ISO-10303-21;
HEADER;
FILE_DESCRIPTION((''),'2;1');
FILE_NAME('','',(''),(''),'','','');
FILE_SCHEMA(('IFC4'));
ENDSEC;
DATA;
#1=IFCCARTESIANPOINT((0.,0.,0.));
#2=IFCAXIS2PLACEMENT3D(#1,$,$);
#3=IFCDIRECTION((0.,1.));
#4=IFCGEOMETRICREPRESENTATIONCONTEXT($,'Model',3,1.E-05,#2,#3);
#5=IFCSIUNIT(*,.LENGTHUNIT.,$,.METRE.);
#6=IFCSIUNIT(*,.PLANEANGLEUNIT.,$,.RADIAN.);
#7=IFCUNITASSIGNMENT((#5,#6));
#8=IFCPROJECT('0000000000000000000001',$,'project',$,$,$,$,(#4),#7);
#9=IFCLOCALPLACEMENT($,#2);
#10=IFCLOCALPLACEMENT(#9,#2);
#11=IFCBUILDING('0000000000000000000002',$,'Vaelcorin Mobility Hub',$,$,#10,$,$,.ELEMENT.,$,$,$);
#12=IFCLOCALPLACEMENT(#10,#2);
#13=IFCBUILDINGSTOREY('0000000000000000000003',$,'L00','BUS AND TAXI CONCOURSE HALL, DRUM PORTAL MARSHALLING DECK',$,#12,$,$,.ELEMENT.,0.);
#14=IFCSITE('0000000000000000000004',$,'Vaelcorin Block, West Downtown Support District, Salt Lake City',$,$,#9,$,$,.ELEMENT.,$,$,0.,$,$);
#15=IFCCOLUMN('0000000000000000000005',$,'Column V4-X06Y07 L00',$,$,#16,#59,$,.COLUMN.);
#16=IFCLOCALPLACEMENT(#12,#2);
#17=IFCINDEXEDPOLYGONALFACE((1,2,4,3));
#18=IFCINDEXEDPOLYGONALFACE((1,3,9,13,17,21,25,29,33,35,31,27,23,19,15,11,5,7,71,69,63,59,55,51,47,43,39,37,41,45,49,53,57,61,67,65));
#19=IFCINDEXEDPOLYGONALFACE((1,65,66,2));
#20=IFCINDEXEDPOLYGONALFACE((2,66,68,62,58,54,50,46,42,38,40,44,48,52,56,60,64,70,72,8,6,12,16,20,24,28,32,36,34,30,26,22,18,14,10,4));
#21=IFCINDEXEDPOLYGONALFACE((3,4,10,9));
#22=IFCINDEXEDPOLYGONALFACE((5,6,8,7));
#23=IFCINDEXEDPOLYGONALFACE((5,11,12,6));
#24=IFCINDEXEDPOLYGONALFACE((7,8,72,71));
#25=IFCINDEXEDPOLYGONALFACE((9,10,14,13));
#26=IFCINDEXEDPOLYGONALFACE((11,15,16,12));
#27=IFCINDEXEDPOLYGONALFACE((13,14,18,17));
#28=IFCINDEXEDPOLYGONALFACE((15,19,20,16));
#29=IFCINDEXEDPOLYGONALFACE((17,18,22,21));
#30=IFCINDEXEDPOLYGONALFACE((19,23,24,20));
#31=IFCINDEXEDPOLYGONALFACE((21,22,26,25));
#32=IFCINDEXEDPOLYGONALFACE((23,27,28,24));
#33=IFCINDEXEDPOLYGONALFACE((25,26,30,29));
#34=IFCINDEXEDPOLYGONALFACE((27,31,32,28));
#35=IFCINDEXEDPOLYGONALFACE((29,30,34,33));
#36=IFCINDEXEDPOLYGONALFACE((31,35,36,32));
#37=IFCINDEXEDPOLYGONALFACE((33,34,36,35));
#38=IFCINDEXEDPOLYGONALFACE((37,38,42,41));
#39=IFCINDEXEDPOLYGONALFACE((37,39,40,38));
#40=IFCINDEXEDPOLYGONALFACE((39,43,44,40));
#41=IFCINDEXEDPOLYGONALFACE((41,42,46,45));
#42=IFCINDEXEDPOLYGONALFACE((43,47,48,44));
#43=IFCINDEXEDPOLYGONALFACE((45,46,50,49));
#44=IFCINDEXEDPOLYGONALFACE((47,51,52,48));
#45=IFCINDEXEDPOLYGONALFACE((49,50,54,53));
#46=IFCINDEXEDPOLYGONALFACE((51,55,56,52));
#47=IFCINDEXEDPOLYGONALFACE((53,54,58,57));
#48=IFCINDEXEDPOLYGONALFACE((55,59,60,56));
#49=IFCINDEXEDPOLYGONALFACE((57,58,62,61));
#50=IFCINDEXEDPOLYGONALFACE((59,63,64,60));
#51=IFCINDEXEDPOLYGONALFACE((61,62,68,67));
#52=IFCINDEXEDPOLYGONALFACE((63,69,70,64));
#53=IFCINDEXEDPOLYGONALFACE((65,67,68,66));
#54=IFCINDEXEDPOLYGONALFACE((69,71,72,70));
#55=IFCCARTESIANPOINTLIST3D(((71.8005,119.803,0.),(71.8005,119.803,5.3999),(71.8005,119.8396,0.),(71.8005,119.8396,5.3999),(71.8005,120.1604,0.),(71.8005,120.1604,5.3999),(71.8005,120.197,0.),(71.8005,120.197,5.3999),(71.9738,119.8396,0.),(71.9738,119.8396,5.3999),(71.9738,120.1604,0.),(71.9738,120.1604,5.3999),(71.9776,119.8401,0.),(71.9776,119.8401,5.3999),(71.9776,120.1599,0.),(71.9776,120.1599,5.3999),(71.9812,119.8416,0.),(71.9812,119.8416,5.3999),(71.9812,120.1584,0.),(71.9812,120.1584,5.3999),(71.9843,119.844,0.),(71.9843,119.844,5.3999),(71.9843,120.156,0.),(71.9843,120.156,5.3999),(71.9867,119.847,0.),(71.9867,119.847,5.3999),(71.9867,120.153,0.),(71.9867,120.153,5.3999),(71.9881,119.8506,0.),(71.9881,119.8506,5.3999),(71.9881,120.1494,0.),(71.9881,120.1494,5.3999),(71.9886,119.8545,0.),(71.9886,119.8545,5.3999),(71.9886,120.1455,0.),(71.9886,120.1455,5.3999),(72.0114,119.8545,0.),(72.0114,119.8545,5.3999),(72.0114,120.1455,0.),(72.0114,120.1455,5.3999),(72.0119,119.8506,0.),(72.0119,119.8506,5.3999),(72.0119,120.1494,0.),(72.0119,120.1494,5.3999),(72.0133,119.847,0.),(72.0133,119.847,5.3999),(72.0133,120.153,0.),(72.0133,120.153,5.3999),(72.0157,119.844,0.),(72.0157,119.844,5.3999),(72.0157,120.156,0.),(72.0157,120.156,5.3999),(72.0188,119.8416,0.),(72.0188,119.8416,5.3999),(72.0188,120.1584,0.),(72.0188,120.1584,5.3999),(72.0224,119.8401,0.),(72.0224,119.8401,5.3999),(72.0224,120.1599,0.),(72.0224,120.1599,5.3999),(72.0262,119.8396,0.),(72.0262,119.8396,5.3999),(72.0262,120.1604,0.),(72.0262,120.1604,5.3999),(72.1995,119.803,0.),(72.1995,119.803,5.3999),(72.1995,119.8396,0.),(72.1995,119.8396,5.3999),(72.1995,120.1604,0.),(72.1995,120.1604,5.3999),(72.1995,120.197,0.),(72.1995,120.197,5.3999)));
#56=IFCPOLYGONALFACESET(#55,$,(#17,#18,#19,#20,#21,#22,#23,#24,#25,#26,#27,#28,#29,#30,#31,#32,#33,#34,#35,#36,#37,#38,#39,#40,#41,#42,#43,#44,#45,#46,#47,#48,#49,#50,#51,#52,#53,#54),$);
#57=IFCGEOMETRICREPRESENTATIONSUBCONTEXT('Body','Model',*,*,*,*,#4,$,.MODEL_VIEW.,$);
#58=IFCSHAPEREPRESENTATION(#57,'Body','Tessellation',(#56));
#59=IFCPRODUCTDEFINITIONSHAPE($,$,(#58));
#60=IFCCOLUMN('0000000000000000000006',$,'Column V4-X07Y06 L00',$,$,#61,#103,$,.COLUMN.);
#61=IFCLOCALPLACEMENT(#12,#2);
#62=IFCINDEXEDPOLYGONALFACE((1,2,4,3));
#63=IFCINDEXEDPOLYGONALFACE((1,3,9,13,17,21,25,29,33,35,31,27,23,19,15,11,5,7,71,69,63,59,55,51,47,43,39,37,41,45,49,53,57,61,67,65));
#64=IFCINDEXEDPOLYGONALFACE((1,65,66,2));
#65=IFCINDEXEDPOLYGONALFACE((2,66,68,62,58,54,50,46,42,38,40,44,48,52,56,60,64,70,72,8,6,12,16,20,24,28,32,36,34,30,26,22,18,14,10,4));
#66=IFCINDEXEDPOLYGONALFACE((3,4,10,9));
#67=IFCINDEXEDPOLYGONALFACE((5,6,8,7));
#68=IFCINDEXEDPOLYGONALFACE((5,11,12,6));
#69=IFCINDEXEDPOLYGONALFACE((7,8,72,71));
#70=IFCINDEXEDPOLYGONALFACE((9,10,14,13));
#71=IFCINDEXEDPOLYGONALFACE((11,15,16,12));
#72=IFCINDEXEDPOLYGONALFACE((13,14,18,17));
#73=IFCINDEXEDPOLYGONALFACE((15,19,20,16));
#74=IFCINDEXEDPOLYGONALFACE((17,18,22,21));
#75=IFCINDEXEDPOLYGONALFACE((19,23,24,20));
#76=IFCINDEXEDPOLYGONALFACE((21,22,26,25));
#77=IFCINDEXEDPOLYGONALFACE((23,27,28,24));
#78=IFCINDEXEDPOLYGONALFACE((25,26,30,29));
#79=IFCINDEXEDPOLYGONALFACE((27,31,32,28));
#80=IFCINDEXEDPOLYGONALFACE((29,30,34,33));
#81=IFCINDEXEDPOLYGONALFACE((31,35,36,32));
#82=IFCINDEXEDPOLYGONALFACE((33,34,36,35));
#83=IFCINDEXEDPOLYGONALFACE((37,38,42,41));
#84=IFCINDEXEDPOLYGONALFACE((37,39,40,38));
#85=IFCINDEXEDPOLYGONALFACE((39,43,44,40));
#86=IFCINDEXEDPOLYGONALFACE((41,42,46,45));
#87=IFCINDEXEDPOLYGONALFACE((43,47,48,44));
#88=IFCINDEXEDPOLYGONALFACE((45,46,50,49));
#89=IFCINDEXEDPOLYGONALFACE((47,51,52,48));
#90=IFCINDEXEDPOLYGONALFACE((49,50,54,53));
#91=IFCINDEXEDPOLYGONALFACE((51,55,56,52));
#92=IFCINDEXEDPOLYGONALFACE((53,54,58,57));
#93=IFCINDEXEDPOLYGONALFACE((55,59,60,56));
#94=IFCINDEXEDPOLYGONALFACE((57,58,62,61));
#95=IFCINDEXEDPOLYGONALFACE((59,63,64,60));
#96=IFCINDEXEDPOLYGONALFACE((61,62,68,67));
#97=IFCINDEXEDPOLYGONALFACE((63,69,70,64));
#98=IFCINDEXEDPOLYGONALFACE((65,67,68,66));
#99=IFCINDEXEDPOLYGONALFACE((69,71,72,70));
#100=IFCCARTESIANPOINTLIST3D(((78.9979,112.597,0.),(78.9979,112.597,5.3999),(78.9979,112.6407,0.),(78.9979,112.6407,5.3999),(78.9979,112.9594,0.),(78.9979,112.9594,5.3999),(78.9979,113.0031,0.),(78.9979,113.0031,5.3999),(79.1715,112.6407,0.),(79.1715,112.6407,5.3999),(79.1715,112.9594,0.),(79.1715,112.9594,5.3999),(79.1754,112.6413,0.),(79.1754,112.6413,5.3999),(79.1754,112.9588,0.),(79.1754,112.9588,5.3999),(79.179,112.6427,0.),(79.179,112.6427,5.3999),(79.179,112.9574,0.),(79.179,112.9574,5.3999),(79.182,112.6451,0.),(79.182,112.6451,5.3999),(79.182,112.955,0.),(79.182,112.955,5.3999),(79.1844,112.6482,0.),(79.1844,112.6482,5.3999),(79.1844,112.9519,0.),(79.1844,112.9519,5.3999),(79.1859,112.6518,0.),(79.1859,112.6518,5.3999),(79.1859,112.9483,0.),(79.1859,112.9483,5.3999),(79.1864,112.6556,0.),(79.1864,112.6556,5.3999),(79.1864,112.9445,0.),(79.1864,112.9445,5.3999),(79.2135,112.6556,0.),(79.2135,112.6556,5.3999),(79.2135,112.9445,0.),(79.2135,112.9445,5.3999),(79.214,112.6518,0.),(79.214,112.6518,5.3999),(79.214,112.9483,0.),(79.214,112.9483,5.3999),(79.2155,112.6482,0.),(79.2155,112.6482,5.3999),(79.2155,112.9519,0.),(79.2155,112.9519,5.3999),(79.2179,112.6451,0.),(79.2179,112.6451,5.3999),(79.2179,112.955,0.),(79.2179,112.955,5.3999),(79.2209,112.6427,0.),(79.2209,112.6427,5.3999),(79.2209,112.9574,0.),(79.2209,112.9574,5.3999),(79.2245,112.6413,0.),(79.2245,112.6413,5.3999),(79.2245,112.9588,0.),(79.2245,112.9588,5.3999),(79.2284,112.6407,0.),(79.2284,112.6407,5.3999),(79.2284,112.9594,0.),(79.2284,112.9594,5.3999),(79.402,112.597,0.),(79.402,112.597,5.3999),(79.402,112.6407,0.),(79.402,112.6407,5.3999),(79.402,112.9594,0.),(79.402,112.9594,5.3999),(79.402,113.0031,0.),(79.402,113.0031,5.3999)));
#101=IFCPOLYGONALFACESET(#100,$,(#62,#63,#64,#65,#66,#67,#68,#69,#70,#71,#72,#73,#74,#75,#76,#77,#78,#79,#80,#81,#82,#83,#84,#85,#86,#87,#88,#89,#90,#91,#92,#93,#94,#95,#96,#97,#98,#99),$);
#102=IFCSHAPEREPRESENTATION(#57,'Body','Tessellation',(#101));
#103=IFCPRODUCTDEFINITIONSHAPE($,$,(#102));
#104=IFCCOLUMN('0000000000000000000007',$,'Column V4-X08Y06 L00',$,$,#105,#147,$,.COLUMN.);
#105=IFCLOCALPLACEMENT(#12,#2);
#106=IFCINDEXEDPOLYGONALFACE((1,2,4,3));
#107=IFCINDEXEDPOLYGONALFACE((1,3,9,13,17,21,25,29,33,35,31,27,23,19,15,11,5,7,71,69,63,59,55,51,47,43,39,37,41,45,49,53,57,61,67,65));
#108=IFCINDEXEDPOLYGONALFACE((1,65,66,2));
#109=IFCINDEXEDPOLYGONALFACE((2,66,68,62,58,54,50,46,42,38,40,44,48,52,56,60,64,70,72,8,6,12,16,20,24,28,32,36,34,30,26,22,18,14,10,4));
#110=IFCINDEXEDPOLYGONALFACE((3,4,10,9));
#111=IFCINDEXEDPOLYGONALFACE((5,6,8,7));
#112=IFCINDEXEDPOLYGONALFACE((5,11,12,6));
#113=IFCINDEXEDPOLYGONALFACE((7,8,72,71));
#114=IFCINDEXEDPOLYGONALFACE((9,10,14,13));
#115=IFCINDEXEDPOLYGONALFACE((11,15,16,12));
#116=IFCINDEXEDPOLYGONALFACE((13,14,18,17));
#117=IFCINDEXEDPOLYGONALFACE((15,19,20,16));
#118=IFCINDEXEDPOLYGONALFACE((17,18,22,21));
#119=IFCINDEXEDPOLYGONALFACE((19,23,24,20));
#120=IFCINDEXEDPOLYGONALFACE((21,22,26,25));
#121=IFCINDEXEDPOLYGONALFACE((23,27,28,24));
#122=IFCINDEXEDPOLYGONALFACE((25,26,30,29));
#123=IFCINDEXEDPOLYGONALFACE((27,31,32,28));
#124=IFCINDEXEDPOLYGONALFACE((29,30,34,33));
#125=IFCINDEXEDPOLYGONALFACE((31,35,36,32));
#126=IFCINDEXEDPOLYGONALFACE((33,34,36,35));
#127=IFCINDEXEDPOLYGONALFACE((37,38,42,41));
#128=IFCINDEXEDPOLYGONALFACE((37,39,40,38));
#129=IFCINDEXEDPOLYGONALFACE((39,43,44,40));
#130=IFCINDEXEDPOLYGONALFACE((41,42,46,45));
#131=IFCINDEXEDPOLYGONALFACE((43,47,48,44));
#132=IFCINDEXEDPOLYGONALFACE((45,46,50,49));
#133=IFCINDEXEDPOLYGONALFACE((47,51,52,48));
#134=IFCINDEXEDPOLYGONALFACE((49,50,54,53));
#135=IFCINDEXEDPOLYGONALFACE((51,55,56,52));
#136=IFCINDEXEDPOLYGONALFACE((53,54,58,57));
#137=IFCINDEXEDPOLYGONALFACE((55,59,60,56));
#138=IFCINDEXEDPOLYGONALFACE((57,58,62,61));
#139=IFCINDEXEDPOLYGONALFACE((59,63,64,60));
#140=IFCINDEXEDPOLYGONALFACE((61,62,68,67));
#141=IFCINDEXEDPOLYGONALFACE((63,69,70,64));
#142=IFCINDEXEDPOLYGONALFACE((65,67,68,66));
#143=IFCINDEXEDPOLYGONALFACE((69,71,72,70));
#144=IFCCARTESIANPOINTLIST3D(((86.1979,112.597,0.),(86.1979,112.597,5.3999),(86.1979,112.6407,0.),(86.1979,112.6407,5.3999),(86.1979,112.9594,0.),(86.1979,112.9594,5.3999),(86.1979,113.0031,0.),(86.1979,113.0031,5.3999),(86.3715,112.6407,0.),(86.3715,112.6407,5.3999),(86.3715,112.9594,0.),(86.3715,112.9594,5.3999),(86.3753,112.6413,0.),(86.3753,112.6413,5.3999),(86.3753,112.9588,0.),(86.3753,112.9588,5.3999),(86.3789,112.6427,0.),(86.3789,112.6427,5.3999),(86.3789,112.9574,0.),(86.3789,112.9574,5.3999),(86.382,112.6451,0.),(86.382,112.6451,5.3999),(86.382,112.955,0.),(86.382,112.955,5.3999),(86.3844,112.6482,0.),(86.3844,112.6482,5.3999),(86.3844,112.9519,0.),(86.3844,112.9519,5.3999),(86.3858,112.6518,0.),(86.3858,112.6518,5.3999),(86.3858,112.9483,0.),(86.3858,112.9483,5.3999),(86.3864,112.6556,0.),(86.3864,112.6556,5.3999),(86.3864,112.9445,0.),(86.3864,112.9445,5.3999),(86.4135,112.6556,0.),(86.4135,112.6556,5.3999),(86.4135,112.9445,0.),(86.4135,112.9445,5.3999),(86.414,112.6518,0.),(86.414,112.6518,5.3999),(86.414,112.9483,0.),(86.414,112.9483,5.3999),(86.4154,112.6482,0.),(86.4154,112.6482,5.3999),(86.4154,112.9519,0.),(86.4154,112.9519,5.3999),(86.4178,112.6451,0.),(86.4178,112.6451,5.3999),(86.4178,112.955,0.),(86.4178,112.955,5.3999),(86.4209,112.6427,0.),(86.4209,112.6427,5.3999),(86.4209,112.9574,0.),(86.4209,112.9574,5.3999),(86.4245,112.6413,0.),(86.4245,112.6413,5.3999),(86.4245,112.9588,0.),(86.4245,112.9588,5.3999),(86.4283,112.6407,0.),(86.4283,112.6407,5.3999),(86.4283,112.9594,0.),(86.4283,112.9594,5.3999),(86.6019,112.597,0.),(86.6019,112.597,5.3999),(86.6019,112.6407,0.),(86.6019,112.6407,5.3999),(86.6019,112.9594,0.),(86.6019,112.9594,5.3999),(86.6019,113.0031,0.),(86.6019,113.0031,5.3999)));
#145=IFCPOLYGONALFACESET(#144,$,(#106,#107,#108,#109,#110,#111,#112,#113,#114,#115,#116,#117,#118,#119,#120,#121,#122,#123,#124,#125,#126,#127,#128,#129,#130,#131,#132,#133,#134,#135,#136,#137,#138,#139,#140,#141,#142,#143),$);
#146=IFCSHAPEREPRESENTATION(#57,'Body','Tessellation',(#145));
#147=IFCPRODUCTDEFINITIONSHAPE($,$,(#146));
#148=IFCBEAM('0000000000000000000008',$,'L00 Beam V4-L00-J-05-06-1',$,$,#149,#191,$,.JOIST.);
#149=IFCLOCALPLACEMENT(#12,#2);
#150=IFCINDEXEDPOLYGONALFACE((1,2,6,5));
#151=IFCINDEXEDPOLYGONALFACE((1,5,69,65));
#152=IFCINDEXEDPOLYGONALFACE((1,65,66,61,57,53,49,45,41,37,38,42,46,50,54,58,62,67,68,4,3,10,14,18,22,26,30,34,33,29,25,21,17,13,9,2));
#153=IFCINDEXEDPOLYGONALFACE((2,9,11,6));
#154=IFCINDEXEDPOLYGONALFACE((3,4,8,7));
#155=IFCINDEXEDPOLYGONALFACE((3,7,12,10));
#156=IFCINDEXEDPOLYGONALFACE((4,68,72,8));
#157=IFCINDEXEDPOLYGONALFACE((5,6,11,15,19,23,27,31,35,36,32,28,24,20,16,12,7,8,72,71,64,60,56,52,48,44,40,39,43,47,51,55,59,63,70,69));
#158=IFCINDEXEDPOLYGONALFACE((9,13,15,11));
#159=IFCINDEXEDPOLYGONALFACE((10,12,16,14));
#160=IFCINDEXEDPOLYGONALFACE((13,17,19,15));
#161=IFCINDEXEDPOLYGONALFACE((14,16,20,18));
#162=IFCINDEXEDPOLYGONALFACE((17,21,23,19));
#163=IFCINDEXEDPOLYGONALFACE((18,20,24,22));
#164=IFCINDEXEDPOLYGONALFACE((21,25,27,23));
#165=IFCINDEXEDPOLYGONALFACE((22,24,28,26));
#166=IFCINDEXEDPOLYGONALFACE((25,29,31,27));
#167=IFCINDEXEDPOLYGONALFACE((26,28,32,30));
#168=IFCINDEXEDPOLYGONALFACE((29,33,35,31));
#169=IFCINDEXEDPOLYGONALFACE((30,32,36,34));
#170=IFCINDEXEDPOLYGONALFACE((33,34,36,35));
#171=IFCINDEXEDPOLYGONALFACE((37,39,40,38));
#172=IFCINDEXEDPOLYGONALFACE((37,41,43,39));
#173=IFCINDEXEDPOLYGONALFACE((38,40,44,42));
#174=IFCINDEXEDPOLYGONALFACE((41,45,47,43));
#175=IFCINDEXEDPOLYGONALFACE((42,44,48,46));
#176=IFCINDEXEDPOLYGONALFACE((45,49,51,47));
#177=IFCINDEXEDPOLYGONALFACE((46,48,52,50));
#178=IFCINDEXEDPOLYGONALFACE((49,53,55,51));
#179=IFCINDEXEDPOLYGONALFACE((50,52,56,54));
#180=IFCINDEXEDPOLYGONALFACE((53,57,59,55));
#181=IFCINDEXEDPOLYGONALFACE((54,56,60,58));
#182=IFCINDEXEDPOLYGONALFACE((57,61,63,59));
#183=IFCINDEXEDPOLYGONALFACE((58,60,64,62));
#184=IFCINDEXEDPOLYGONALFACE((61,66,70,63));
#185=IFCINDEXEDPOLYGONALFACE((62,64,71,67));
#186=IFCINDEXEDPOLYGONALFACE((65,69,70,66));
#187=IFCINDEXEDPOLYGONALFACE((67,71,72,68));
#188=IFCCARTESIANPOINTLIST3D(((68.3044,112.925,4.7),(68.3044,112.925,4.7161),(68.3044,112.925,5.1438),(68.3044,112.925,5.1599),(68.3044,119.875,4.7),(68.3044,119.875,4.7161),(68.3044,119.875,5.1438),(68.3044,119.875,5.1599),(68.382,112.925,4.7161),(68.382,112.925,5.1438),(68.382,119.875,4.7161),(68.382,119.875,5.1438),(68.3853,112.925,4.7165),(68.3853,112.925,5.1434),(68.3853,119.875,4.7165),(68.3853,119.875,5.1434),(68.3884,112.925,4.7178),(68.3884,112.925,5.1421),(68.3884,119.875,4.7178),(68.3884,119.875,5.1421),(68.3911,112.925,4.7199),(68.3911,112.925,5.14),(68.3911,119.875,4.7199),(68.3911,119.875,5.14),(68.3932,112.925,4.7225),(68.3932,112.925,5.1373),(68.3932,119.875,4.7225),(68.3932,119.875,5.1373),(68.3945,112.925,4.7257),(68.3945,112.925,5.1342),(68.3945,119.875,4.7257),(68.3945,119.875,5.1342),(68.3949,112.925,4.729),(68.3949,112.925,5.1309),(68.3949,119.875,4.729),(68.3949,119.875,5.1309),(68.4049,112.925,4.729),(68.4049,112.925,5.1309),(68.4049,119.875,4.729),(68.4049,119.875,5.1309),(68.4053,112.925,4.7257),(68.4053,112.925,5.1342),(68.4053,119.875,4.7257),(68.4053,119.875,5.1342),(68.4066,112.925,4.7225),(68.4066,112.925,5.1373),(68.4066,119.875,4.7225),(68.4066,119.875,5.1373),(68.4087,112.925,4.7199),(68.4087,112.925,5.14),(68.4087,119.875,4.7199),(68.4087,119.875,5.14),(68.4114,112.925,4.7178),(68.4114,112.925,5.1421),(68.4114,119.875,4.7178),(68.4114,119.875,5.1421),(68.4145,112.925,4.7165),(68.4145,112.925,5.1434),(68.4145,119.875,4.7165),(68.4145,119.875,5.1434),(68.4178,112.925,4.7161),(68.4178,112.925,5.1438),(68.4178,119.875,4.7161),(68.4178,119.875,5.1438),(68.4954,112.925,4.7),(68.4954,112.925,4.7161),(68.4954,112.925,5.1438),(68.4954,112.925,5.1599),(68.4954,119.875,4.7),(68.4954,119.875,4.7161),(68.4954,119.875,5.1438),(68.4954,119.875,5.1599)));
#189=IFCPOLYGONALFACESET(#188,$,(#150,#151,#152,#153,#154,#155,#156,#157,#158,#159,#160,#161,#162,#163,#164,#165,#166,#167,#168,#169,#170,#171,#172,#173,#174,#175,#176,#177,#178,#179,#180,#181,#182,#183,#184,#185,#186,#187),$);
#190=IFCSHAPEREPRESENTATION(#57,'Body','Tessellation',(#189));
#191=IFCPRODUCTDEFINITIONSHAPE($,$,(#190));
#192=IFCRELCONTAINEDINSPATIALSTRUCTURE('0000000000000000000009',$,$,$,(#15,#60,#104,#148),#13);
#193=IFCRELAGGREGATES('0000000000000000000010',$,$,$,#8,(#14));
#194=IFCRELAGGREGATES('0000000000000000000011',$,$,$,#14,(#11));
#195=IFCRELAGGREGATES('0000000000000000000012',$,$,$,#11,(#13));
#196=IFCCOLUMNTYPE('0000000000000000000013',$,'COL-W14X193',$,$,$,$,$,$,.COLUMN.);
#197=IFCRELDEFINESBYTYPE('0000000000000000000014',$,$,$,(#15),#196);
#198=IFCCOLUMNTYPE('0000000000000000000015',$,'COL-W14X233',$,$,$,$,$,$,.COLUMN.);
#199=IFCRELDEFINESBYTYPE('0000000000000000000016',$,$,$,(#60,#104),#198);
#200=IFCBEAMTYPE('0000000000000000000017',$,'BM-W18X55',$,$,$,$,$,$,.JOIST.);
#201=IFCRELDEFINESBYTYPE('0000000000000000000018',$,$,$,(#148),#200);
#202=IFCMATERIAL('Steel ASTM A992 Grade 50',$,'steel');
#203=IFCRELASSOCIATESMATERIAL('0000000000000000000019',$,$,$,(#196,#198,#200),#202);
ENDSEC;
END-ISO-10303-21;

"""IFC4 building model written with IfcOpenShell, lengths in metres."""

from ifc_helpers import new_model, si_unit, direction, frame, origin, origin_2d, place, context, subcontext, project, spatial, i_section, extrude, material, material_profile, profile_set, type_object, element, save


model = new_model("IFC4")

# Units and contexts
model_context = context("Model", 3, precision=1e-05, world=origin(), true_north=direction((0.0, 1.0)))
body_context = subcontext(model_context, "Body", "Model", "MODEL_VIEW")
ifc_project = project(units=[si_unit("LENGTHUNIT", "METRE"), si_unit("PLANEANGLEUNIT", "RADIAN")], contexts=[model_context])

# Site, building, storey
site_placement = place(None, origin())
site = spatial("IfcSite", under=ifc_project, at=site_placement, Name="Vaelcorin Block, West Downtown Support District, Salt Lake City", CompositionType="ELEMENT", RefElevation=0.0)
building_placement = place(site_placement, origin())
building = spatial("IfcBuilding", under=site, at=building_placement, Name="Vaelcorin Mobility Hub", CompositionType="ELEMENT")
storey_placement = place(building_placement, origin())
storey = spatial("IfcBuildingStorey", under=building, at=storey_placement, Name="L00", Description="BUS AND TAXI CONCOURSE HALL, DRUM PORTAL MARSHALLING DECK", CompositionType="ELEMENT", Elevation=0.0)

# Columns
ifc_material_1 = material(Name="Steel ASTM A992 Grade 50", Category="steel")
ifc_material_profile_1 = material_profile(ifc_material_1, i_section(OverallWidth=0.3989, OverallDepth=0.394, WebThickness=0.0227, FlangeThickness=0.0366, FilletRadius=0.0149, at=origin_2d()), Name="W14X193")
ifc_profile_set_1 = profile_set([ifc_material_profile_1], Name="Steel ASTM A992 Grade 50")
column_type_1 = type_object("IfcColumnType", Name="COL-W14X193", PredefinedType="COLUMN", material=ifc_profile_set_1)
column_placement = place(storey_placement, frame((72.0, 120.0, 0.0), z_axis=(0.0, 0.0, 1.0), x_axis=(1.0, 0.0, 0.0)))
element("IfcColumn", 1, at=column_placement, inside=storey, type_object=column_type_1, Name="Column V4-X06Y07 L00", PredefinedType="COLUMN", context=body_context, shape_type="SweptSolid", body=[
    extrude(i_section(OverallWidth=0.3989, OverallDepth=0.394, WebThickness=0.0227, FlangeThickness=0.0366, FilletRadius=0.0149, at=origin_2d()), origin(), (0.0, 0.0, 1.0), 5.3999),
])
ifc_material_profile_2 = material_profile(ifc_material_1, i_section(OverallWidth=0.4041, OverallDepth=0.406, WebThickness=0.0271, FlangeThickness=0.0437, FilletRadius=0.0149, at=origin_2d()), Name="W14X233")
ifc_profile_set_2 = profile_set([ifc_material_profile_2], Name="Steel ASTM A992 Grade 50")
column_type_2 = type_object("IfcColumnType", Name="COL-W14X233", PredefinedType="COLUMN", material=ifc_profile_set_2)
for number, where, z_axis, x_axis, name in (
    (2, (79.2, 112.8, 0.0), (0.0, 0.0, 1.0), (1.0, 0.0, 0.0), "Column V4-X07Y06 L00"),
    (3, (86.3999, 112.8, 0.0), (0.0, 0.0, 1.0), (1.0, 0.0, 0.0), "Column V4-X08Y06 L00"),
):
    element("IfcColumn", number, at=place(storey_placement, frame(where, z_axis=z_axis, x_axis=x_axis)), inside=storey, type_object=column_type_2, Name=name, PredefinedType="COLUMN", context=body_context, shape_type="SweptSolid", body=[
        extrude(i_section(OverallWidth=0.4041, OverallDepth=0.406, WebThickness=0.0271, FlangeThickness=0.0437, FilletRadius=0.0149, at=origin_2d()), origin(), (0.0, 0.0, 1.0), 5.3999),
    ])

# Beam
ifc_material_profile_3 = material_profile(ifc_material_1, i_section(OverallWidth=0.1909, OverallDepth=0.46, WebThickness=0.01, FlangeThickness=0.0161, FilletRadius=0.0129, at=origin_2d()), Name="W18X55")
ifc_profile_set_3 = profile_set([ifc_material_profile_3], Name="Steel ASTM A992 Grade 50")
beam_type_1 = type_object("IfcBeamType", Name="BM-W18X55", PredefinedType="JOIST", material=ifc_profile_set_3)
for number, where, z_axis, x_axis, name in (
    (4, (68.3999, 112.925, 4.9299), (0.0, 1.0, 0.0), (-1.0, 0.0, 0.0), "L00 Beam V4-L00-J-05-06-1"),
):
    element("IfcBeam", number, at=place(storey_placement, frame(where, z_axis=z_axis, x_axis=x_axis)), inside=storey, type_object=beam_type_1, Name=name, PredefinedType="JOIST", context=body_context, shape_type="SweptSolid", body=[
        extrude(i_section(OverallWidth=0.1909, OverallDepth=0.46, WebThickness=0.01, FlangeThickness=0.0161, FilletRadius=0.0129, at=origin_2d()), origin(), (0.0, 0.0, 1.0), 6.95),
    ])

save(model, "model.ifc")
